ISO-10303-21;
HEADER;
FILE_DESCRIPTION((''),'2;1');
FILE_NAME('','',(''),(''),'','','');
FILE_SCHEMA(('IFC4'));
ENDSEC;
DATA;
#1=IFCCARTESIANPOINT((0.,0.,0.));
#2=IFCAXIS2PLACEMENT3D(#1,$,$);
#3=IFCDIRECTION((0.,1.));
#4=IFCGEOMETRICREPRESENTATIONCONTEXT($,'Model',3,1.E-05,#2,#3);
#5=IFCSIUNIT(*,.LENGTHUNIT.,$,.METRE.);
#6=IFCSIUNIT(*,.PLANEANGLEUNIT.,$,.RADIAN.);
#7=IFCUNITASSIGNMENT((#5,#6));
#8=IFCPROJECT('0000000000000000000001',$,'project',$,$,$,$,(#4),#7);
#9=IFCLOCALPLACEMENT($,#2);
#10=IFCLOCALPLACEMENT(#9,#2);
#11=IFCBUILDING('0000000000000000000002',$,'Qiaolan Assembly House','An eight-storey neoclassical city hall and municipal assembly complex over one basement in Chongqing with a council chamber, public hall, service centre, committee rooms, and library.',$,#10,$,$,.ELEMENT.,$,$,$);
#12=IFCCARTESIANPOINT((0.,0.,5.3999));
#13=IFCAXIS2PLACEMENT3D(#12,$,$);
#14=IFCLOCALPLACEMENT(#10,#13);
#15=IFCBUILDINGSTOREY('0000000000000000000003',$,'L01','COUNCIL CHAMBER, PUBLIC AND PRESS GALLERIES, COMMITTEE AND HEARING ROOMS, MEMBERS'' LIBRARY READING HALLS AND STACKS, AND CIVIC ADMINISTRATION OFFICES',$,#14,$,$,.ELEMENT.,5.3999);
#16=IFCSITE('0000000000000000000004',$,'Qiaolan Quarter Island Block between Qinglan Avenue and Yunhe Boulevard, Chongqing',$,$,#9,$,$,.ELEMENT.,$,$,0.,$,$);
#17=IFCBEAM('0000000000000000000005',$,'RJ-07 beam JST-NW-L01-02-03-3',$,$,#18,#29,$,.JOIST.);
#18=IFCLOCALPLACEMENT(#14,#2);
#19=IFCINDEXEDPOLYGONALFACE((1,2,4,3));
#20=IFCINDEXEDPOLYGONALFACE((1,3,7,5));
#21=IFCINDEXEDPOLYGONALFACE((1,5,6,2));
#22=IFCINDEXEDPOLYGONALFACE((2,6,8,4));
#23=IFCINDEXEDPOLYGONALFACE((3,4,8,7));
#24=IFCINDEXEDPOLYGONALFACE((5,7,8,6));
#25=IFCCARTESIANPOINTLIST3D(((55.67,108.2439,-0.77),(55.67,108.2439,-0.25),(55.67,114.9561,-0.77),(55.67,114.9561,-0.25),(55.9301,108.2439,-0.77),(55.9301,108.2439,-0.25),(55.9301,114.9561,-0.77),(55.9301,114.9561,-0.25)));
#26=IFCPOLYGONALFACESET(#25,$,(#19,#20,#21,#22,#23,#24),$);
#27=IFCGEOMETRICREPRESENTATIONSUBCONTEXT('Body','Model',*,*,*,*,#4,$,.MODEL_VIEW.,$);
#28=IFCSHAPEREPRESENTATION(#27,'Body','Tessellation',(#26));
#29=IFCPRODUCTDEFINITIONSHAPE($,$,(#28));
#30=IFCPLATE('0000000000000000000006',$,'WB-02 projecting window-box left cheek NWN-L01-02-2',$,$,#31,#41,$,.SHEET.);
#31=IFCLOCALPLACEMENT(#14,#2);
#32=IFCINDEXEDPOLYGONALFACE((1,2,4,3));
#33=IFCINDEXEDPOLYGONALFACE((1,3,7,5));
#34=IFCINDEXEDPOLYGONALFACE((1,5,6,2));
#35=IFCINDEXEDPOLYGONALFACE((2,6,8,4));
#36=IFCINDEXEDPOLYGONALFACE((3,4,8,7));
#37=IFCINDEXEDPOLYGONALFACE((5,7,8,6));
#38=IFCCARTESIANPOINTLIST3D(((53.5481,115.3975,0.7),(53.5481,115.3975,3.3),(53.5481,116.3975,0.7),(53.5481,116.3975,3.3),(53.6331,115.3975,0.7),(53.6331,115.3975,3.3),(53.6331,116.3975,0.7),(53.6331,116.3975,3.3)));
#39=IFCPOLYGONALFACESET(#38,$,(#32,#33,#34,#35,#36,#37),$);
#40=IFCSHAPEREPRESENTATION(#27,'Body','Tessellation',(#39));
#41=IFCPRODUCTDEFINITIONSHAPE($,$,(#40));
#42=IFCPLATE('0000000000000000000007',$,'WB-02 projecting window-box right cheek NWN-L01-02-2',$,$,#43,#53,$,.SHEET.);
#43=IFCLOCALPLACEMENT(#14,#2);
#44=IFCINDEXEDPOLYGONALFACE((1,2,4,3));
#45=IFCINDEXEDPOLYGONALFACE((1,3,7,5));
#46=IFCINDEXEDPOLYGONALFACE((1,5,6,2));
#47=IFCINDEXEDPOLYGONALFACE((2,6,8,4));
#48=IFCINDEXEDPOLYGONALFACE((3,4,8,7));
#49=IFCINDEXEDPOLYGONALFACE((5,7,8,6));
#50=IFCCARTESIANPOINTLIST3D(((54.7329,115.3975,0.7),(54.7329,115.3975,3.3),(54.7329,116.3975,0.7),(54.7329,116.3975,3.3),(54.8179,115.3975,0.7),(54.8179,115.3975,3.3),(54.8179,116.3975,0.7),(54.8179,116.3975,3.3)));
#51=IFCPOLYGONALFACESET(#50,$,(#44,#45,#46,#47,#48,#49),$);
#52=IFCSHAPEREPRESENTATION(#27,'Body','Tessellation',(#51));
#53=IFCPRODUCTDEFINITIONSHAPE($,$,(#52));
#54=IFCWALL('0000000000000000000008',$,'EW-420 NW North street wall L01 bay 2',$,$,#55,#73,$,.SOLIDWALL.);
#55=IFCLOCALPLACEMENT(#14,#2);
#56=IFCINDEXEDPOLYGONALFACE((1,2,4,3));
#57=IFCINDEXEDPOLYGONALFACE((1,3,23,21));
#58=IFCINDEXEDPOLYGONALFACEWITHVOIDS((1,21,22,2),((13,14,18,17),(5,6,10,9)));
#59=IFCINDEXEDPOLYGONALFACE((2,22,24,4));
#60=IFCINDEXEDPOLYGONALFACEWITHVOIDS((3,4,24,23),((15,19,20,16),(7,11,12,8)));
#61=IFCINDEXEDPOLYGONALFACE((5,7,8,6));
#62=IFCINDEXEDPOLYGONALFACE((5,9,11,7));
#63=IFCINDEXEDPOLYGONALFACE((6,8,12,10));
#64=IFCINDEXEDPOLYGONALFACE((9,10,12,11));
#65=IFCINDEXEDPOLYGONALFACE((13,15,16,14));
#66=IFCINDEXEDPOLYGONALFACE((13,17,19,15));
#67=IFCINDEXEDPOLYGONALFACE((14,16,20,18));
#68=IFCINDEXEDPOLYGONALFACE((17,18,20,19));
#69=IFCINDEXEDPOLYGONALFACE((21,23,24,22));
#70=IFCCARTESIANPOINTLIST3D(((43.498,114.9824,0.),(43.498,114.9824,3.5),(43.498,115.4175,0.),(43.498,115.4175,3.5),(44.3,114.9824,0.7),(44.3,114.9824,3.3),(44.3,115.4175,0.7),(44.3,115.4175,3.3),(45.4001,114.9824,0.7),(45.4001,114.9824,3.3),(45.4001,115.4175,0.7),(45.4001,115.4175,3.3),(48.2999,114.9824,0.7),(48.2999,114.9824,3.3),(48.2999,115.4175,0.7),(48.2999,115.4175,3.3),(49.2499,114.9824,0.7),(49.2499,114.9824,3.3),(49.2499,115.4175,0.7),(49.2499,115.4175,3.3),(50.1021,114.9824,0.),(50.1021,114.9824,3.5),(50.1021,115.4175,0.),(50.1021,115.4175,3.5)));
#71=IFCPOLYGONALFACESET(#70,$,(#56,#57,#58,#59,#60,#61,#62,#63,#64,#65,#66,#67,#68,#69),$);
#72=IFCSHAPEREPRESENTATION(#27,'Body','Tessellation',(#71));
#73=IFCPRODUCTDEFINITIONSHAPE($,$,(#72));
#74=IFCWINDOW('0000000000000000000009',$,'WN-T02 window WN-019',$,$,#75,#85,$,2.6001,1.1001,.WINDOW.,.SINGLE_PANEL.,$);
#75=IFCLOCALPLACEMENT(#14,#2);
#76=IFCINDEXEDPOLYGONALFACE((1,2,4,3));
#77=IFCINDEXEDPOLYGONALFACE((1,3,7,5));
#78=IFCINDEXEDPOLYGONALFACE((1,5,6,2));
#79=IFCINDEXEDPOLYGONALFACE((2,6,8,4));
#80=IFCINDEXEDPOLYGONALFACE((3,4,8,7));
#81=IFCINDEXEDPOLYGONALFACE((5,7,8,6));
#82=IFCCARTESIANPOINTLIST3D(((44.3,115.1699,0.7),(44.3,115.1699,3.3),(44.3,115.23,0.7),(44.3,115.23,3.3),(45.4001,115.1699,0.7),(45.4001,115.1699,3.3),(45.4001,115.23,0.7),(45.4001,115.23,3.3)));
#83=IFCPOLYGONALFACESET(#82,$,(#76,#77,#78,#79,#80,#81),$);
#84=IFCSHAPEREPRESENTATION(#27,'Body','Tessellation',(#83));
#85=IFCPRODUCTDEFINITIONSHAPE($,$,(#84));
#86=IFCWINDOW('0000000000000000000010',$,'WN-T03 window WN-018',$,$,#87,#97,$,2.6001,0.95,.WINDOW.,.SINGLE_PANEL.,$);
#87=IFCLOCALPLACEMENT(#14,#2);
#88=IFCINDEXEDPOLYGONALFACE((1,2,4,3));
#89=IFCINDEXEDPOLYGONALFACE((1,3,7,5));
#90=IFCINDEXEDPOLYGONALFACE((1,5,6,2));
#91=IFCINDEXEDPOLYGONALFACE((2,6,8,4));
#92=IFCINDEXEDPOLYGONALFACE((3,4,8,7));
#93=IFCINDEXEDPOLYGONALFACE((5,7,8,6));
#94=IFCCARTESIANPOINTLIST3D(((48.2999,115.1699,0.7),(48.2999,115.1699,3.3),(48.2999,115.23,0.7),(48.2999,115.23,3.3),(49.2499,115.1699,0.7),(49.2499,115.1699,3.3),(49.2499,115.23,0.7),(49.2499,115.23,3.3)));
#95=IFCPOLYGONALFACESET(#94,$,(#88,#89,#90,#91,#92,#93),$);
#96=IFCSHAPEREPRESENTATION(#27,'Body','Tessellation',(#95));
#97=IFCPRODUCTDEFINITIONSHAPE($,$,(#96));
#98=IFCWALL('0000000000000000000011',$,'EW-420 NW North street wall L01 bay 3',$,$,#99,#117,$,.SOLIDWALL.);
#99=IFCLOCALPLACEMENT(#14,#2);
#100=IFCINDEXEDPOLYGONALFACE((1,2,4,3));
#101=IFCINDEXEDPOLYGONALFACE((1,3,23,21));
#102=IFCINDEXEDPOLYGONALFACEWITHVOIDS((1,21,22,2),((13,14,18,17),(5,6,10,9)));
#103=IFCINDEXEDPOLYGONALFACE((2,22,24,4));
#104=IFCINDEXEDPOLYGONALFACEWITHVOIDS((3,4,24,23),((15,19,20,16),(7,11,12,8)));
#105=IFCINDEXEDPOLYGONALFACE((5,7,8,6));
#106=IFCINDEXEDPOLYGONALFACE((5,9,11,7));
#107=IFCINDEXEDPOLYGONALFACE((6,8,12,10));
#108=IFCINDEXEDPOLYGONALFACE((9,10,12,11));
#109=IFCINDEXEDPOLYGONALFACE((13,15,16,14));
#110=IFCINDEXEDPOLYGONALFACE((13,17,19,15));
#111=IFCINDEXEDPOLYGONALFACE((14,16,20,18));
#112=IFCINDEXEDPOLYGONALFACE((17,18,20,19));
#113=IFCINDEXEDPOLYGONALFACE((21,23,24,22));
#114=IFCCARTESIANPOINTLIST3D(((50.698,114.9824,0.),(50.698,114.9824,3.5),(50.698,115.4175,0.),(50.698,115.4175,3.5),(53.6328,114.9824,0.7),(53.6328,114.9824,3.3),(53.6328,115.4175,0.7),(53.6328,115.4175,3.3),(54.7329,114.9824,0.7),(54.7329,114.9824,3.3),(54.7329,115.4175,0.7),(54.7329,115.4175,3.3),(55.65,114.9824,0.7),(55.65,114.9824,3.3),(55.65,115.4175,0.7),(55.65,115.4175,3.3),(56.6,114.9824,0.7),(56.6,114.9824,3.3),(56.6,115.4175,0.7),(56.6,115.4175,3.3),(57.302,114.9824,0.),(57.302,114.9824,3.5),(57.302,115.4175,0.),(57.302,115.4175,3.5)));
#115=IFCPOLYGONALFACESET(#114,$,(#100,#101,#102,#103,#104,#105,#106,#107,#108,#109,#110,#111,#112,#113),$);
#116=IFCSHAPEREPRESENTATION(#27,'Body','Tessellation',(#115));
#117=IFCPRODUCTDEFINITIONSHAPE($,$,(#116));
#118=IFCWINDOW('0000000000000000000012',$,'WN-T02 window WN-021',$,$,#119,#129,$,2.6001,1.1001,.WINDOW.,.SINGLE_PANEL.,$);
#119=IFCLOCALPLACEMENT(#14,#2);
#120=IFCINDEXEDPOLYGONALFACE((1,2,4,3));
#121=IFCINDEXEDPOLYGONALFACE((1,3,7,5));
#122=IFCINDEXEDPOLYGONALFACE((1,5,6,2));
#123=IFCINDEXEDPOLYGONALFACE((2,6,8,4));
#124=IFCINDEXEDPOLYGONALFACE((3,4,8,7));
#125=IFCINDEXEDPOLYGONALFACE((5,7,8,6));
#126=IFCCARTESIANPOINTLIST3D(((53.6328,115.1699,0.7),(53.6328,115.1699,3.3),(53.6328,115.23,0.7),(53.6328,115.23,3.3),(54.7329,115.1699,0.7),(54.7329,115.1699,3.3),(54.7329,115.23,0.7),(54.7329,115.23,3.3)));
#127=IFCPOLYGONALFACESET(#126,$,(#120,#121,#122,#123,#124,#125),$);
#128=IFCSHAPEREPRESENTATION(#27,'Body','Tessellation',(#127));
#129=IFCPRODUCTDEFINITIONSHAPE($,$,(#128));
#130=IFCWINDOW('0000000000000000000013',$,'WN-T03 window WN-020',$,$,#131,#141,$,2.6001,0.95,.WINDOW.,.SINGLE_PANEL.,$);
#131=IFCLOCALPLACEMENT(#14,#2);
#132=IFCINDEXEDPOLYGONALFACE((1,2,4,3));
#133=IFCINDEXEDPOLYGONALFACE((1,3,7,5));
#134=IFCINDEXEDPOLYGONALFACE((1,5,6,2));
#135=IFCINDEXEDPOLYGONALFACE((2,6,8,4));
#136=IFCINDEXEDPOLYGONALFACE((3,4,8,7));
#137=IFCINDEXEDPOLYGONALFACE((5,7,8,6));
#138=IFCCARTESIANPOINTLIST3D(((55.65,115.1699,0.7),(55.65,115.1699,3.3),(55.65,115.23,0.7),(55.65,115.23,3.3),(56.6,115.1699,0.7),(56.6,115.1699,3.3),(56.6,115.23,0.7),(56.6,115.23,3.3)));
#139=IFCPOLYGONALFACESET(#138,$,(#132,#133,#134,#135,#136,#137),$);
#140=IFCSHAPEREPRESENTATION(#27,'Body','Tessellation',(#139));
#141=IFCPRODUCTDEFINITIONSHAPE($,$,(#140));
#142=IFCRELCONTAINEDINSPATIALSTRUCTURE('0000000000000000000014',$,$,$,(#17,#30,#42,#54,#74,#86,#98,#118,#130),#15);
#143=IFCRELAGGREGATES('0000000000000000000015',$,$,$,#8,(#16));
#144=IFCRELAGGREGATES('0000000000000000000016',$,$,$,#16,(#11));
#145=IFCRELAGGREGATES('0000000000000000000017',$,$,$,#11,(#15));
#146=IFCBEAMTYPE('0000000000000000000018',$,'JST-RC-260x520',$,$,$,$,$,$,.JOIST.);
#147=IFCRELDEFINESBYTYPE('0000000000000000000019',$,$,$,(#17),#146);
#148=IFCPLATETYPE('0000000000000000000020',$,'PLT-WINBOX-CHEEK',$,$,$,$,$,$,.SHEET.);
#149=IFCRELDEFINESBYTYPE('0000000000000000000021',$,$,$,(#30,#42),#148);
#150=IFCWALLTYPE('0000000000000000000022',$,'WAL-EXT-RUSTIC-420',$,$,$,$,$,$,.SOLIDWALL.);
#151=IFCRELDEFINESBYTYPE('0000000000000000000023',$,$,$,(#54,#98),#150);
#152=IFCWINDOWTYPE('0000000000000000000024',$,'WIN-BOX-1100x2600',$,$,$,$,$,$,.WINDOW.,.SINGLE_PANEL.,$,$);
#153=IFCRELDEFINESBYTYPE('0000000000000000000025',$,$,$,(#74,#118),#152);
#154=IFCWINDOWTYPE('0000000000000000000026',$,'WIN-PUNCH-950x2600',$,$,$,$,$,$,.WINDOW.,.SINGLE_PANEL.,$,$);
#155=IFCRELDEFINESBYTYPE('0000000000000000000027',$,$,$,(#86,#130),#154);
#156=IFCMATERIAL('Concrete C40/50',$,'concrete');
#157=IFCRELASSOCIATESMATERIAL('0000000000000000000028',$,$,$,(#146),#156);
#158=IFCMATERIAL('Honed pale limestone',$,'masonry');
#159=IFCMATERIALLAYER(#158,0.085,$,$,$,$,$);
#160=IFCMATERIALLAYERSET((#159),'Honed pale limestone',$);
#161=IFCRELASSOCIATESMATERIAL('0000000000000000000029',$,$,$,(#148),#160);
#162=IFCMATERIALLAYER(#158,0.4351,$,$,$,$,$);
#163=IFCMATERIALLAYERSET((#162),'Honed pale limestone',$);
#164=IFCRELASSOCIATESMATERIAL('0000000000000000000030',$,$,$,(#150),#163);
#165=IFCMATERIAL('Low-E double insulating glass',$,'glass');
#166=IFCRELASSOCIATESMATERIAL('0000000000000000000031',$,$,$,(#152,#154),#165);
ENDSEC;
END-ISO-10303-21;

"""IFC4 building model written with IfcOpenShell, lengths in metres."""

from ifc_helpers import new_model, si_unit, direction, frame, frame_2d, origin, origin_2d, place, context, subcontext, project, spatial, rectangle, extrude, material, layer, layer_set, material_profile, profile_set, type_object, element, fill, save


model = new_model("IFC4")

# Units and contexts
model_context = context("Model", 3, precision=1e-05, world=origin(), true_north=direction((0.0, 1.0)))
body_context = subcontext(model_context, "Body", "Model", "MODEL_VIEW")
ifc_project = project(units=[si_unit("LENGTHUNIT", "METRE"), si_unit("PLANEANGLEUNIT", "RADIAN")], contexts=[model_context])

# Site, building, storey
site_placement = place(None, origin())
site = spatial("IfcSite", under=ifc_project, at=site_placement, Name="Qiaolan Quarter Island Block between Qinglan Avenue and Yunhe Boulevard, Chongqing", CompositionType="ELEMENT", RefElevation=0.0)
building_placement = place(site_placement, origin())
building = spatial("IfcBuilding", under=site, at=building_placement, Name="Qiaolan Assembly House", Description="An eight-storey neoclassical city hall and municipal assembly complex over one basement in Chongqing with a council chamber, public hall, service centre, committee rooms, and library.", CompositionType="ELEMENT")
storey_placement = place(building_placement, frame((0.0, 0.0, 5.3999)))
storey = spatial("IfcBuildingStorey", under=building, at=storey_placement, Name="L01", Description="COUNCIL CHAMBER, PUBLIC AND PRESS GALLERIES, COMMITTEE AND HEARING ROOMS, MEMBERS' LIBRARY READING HALLS AND STACKS, AND CIVIC ADMINISTRATION OFFICES", CompositionType="ELEMENT", Elevation=5.3999)

# Beam
ifc_material_1 = material(Name="Concrete C40/50", Category="concrete")
ifc_material_profile_1 = material_profile(ifc_material_1, rectangle(XDim=0.26, YDim=0.52, at=origin_2d()), Name="RCB 260x520")
ifc_profile_set_1 = profile_set([ifc_material_profile_1], Name="Concrete C40/50")
beam_type_1 = type_object("IfcBeamType", Name="JST-RC-260x520", PredefinedType="JOIST", material=ifc_profile_set_1)
for number, where, z_axis, x_axis, name in (
    (1, (55.8, 108.2439, -0.51), (0.0, 1.0, 0.0), (-1.0, 0.0, 0.0), "RJ-07 beam JST-NW-L01-02-03-3"),
):
    element("IfcBeam", number, at=place(storey_placement, frame(where, z_axis=z_axis, x_axis=x_axis)), inside=storey, type_object=beam_type_1, Name=name, PredefinedType="JOIST", context=body_context, shape_type="SweptSolid", body=[
        extrude(rectangle(XDim=0.26, YDim=0.52, at=origin_2d()), origin(), (0.0, 0.0, 1.0), 6.7122),
    ])

# Plates
ifc_material_2 = material(Name="Honed pale limestone", Category="masonry")
ifc_layer_1 = layer(ifc_material_2, 0.085)
ifc_layer_set_1 = layer_set([ifc_layer_1], Name="Honed pale limestone")
plate_type = type_object("IfcPlateType", Name="PLT-WINBOX-CHEEK", PredefinedType="SHEET", material=ifc_layer_set_1)
for number, where, z_axis, x_axis, name in (
    (2, (53.5906, 115.8975, 0.7), (0.0, 0.0, 1.0), (1.0, 0.0, 0.0), "WB-02 projecting window-box left cheek NWN-L01-02-2"),
    (3, (54.7754, 115.8975, 0.7), (0.0, 0.0, 1.0), (1.0, 0.0, 0.0), "WB-02 projecting window-box right cheek NWN-L01-02-2"),
):
    element("IfcPlate", number, at=place(storey_placement, frame(where, z_axis=z_axis, x_axis=x_axis)), inside=storey, type_object=plate_type, Name=name, PredefinedType="SHEET", context=body_context, shape_type="SweptSolid", body=[
        extrude(rectangle(XDim=0.085, YDim=1.0, at=origin_2d()), origin(), (0.0, 0.0, 1.0), 2.6001),
    ])

# Walls, openings, windows
ifc_layer_2 = layer(ifc_material_2, 0.4351)
ifc_layer_set_2 = layer_set([ifc_layer_2], Name="Honed pale limestone")
wall_type_1 = type_object("IfcWallType", Name="WAL-EXT-RUSTIC-420", PredefinedType="SOLIDWALL", material=ifc_layer_set_2)
wall_1_placement = place(storey_placement, frame((50.1021, 115.2, 0.0), z_axis=(0.0, 0.0, 1.0), x_axis=(-1.0, 0.0, 0.0)))
wall_1 = element("IfcWall", 4, at=wall_1_placement, inside=storey, type_object=wall_type_1, Name="EW-420 NW North street wall L01 bay 2", PredefinedType="SOLIDWALL", context=body_context, shape_type="SweptSolid", body=[
    extrude(rectangle(XDim=6.604, YDim=0.4351, at=frame_2d((3.302, 0.0))), origin(), (0.0, 0.0, 1.0), 3.5),
])
opening_1_placement = place(wall_1_placement, frame((0.8521, 0.0, 0.7)))
opening_1 = element("IfcOpeningElement", 5, at=opening_1_placement, cuts=wall_1, PredefinedType="OPENING", context=body_context, shape_type="SweptSolid", body=[
    extrude(rectangle(XDim=0.95, YDim=2.6001, at=frame_2d((0.4751, 1.3))), frame((0.0, 0.2275, 0.0), z_axis=(0.0, -1.0, 0.0), x_axis=(1.0, 0.0, 0.0)), (0.0, 0.0, 1.0), 0.4551),
])
opening_2_placement = place(wall_1_placement, frame((4.7019, 0.0, 0.7)))
opening_2 = element("IfcOpeningElement", 6, at=opening_2_placement, cuts=wall_1, PredefinedType="OPENING", context=body_context, shape_type="SweptSolid", body=[
    extrude(rectangle(XDim=1.1001, YDim=2.6001, at=frame_2d((0.55, 1.3))), frame((0.0, 0.2275, 0.0), z_axis=(0.0, -1.0, 0.0), x_axis=(1.0, 0.0, 0.0)), (0.0, 0.0, 1.0), 0.4551),
])
ifc_material_3 = material(Name="Low-E double insulating glass", Category="glass")
window_type_1 = type_object("IfcWindowType", Name="WIN-BOX-1100x2600", PartitioningType="SINGLE_PANEL", PredefinedType="WINDOW", material=ifc_material_3)
window_1_placement = place(opening_2_placement, origin())
window_1 = element("IfcWindow", 7, at=window_1_placement, inside=storey, type_object=window_type_1, Name="WN-T02 window WN-019", OverallHeight=2.6001, OverallWidth=1.1001, PartitioningType="SINGLE_PANEL", PredefinedType="WINDOW", context=body_context, shape_type="SweptSolid", body=[
    extrude(rectangle(XDim=1.1001, YDim=2.6001, at=frame_2d((0.55, 1.3))), frame((0.0, 0.03, 0.0), z_axis=(0.0, -1.0, 0.0), x_axis=(1.0, 0.0, 0.0)), (0.0, 0.0, 1.0), 0.0601),
])
fill(opening_2, window_1)
window_type_2 = type_object("IfcWindowType", Name="WIN-PUNCH-950x2600", PartitioningType="SINGLE_PANEL", PredefinedType="WINDOW", material=ifc_material_3)
window_2_placement = place(opening_1_placement, origin())
window_2 = element("IfcWindow", 8, at=window_2_placement, inside=storey, type_object=window_type_2, Name="WN-T03 window WN-018", OverallHeight=2.6001, OverallWidth=0.95, PartitioningType="SINGLE_PANEL", PredefinedType="WINDOW", context=body_context, shape_type="SweptSolid", body=[
    extrude(rectangle(XDim=0.95, YDim=2.6001, at=frame_2d((0.4751, 1.3))), frame((0.0, 0.03, 0.0), z_axis=(0.0, -1.0, 0.0), x_axis=(1.0, 0.0, 0.0)), (0.0, 0.0, 1.0), 0.0601),
])
fill(opening_1, window_2)
wall_2_placement = place(storey_placement, frame((57.302, 115.2, 0.0), z_axis=(0.0, 0.0, 1.0), x_axis=(-1.0, 0.0, 0.0)))
wall_2 = element("IfcWall", 9, at=wall_2_placement, inside=storey, type_object=wall_type_1, Name="EW-420 NW North street wall L01 bay 3", PredefinedType="SOLIDWALL", context=body_context, shape_type="SweptSolid", body=[
    extrude(rectangle(XDim=6.604, YDim=0.4351, at=frame_2d((3.302, 0.0))), origin(), (0.0, 0.0, 1.0), 3.5),
])
opening_3_placement = place(wall_2_placement, frame((0.7019, 0.0, 0.7)))
opening_3 = element("IfcOpeningElement", 10, at=opening_3_placement, cuts=wall_2, PredefinedType="OPENING", context=body_context, shape_type="SweptSolid", body=[
    extrude(rectangle(XDim=0.95, YDim=2.6001, at=frame_2d((0.4751, 1.3))), frame((0.0, 0.2275, 0.0), z_axis=(0.0, -1.0, 0.0), x_axis=(1.0, 0.0, 0.0)), (0.0, 0.0, 1.0), 0.4551),
])
opening_4_placement = place(wall_2_placement, frame((2.5691, 0.0, 0.7)))
opening_4 = element("IfcOpeningElement", 11, at=opening_4_placement, cuts=wall_2, PredefinedType="OPENING", context=body_context, shape_type="SweptSolid", body=[
    extrude(rectangle(XDim=1.1001, YDim=2.6001, at=frame_2d((0.55, 1.3))), frame((0.0, 0.2275, 0.0), z_axis=(0.0, -1.0, 0.0), x_axis=(1.0, 0.0, 0.0)), (0.0, 0.0, 1.0), 0.4551),
])
window_3_placement = place(opening_4_placement, origin())
window_3 = element("IfcWindow", 12, at=window_3_placement, inside=storey, type_object=window_type_1, Name="WN-T02 window WN-021", OverallHeight=2.6001, OverallWidth=1.1001, PartitioningType="SINGLE_PANEL", PredefinedType="WINDOW", context=body_context, shape_type="SweptSolid", body=[
    extrude(rectangle(XDim=1.1001, YDim=2.6001, at=frame_2d((0.55, 1.3))), frame((0.0, 0.03, 0.0), z_axis=(0.0, -1.0, 0.0), x_axis=(1.0, 0.0, 0.0)), (0.0, 0.0, 1.0), 0.0601),
])
fill(opening_4, window_3)
window_4_placement = place(opening_3_placement, origin())
window_4 = element("IfcWindow", 13, at=window_4_placement, inside=storey, type_object=window_type_2, Name="WN-T03 window WN-020", OverallHeight=2.6001, OverallWidth=0.95, PartitioningType="SINGLE_PANEL", PredefinedType="WINDOW", context=body_context, shape_type="SweptSolid", body=[
    extrude(rectangle(XDim=0.95, YDim=2.6001, at=frame_2d((0.4751, 1.3))), frame((0.0, 0.03, 0.0), z_axis=(0.0, -1.0, 0.0), x_axis=(1.0, 0.0, 0.0)), (0.0, 0.0, 1.0), 0.0601),
])
fill(opening_3, window_4)

save(model, "model.ifc")
